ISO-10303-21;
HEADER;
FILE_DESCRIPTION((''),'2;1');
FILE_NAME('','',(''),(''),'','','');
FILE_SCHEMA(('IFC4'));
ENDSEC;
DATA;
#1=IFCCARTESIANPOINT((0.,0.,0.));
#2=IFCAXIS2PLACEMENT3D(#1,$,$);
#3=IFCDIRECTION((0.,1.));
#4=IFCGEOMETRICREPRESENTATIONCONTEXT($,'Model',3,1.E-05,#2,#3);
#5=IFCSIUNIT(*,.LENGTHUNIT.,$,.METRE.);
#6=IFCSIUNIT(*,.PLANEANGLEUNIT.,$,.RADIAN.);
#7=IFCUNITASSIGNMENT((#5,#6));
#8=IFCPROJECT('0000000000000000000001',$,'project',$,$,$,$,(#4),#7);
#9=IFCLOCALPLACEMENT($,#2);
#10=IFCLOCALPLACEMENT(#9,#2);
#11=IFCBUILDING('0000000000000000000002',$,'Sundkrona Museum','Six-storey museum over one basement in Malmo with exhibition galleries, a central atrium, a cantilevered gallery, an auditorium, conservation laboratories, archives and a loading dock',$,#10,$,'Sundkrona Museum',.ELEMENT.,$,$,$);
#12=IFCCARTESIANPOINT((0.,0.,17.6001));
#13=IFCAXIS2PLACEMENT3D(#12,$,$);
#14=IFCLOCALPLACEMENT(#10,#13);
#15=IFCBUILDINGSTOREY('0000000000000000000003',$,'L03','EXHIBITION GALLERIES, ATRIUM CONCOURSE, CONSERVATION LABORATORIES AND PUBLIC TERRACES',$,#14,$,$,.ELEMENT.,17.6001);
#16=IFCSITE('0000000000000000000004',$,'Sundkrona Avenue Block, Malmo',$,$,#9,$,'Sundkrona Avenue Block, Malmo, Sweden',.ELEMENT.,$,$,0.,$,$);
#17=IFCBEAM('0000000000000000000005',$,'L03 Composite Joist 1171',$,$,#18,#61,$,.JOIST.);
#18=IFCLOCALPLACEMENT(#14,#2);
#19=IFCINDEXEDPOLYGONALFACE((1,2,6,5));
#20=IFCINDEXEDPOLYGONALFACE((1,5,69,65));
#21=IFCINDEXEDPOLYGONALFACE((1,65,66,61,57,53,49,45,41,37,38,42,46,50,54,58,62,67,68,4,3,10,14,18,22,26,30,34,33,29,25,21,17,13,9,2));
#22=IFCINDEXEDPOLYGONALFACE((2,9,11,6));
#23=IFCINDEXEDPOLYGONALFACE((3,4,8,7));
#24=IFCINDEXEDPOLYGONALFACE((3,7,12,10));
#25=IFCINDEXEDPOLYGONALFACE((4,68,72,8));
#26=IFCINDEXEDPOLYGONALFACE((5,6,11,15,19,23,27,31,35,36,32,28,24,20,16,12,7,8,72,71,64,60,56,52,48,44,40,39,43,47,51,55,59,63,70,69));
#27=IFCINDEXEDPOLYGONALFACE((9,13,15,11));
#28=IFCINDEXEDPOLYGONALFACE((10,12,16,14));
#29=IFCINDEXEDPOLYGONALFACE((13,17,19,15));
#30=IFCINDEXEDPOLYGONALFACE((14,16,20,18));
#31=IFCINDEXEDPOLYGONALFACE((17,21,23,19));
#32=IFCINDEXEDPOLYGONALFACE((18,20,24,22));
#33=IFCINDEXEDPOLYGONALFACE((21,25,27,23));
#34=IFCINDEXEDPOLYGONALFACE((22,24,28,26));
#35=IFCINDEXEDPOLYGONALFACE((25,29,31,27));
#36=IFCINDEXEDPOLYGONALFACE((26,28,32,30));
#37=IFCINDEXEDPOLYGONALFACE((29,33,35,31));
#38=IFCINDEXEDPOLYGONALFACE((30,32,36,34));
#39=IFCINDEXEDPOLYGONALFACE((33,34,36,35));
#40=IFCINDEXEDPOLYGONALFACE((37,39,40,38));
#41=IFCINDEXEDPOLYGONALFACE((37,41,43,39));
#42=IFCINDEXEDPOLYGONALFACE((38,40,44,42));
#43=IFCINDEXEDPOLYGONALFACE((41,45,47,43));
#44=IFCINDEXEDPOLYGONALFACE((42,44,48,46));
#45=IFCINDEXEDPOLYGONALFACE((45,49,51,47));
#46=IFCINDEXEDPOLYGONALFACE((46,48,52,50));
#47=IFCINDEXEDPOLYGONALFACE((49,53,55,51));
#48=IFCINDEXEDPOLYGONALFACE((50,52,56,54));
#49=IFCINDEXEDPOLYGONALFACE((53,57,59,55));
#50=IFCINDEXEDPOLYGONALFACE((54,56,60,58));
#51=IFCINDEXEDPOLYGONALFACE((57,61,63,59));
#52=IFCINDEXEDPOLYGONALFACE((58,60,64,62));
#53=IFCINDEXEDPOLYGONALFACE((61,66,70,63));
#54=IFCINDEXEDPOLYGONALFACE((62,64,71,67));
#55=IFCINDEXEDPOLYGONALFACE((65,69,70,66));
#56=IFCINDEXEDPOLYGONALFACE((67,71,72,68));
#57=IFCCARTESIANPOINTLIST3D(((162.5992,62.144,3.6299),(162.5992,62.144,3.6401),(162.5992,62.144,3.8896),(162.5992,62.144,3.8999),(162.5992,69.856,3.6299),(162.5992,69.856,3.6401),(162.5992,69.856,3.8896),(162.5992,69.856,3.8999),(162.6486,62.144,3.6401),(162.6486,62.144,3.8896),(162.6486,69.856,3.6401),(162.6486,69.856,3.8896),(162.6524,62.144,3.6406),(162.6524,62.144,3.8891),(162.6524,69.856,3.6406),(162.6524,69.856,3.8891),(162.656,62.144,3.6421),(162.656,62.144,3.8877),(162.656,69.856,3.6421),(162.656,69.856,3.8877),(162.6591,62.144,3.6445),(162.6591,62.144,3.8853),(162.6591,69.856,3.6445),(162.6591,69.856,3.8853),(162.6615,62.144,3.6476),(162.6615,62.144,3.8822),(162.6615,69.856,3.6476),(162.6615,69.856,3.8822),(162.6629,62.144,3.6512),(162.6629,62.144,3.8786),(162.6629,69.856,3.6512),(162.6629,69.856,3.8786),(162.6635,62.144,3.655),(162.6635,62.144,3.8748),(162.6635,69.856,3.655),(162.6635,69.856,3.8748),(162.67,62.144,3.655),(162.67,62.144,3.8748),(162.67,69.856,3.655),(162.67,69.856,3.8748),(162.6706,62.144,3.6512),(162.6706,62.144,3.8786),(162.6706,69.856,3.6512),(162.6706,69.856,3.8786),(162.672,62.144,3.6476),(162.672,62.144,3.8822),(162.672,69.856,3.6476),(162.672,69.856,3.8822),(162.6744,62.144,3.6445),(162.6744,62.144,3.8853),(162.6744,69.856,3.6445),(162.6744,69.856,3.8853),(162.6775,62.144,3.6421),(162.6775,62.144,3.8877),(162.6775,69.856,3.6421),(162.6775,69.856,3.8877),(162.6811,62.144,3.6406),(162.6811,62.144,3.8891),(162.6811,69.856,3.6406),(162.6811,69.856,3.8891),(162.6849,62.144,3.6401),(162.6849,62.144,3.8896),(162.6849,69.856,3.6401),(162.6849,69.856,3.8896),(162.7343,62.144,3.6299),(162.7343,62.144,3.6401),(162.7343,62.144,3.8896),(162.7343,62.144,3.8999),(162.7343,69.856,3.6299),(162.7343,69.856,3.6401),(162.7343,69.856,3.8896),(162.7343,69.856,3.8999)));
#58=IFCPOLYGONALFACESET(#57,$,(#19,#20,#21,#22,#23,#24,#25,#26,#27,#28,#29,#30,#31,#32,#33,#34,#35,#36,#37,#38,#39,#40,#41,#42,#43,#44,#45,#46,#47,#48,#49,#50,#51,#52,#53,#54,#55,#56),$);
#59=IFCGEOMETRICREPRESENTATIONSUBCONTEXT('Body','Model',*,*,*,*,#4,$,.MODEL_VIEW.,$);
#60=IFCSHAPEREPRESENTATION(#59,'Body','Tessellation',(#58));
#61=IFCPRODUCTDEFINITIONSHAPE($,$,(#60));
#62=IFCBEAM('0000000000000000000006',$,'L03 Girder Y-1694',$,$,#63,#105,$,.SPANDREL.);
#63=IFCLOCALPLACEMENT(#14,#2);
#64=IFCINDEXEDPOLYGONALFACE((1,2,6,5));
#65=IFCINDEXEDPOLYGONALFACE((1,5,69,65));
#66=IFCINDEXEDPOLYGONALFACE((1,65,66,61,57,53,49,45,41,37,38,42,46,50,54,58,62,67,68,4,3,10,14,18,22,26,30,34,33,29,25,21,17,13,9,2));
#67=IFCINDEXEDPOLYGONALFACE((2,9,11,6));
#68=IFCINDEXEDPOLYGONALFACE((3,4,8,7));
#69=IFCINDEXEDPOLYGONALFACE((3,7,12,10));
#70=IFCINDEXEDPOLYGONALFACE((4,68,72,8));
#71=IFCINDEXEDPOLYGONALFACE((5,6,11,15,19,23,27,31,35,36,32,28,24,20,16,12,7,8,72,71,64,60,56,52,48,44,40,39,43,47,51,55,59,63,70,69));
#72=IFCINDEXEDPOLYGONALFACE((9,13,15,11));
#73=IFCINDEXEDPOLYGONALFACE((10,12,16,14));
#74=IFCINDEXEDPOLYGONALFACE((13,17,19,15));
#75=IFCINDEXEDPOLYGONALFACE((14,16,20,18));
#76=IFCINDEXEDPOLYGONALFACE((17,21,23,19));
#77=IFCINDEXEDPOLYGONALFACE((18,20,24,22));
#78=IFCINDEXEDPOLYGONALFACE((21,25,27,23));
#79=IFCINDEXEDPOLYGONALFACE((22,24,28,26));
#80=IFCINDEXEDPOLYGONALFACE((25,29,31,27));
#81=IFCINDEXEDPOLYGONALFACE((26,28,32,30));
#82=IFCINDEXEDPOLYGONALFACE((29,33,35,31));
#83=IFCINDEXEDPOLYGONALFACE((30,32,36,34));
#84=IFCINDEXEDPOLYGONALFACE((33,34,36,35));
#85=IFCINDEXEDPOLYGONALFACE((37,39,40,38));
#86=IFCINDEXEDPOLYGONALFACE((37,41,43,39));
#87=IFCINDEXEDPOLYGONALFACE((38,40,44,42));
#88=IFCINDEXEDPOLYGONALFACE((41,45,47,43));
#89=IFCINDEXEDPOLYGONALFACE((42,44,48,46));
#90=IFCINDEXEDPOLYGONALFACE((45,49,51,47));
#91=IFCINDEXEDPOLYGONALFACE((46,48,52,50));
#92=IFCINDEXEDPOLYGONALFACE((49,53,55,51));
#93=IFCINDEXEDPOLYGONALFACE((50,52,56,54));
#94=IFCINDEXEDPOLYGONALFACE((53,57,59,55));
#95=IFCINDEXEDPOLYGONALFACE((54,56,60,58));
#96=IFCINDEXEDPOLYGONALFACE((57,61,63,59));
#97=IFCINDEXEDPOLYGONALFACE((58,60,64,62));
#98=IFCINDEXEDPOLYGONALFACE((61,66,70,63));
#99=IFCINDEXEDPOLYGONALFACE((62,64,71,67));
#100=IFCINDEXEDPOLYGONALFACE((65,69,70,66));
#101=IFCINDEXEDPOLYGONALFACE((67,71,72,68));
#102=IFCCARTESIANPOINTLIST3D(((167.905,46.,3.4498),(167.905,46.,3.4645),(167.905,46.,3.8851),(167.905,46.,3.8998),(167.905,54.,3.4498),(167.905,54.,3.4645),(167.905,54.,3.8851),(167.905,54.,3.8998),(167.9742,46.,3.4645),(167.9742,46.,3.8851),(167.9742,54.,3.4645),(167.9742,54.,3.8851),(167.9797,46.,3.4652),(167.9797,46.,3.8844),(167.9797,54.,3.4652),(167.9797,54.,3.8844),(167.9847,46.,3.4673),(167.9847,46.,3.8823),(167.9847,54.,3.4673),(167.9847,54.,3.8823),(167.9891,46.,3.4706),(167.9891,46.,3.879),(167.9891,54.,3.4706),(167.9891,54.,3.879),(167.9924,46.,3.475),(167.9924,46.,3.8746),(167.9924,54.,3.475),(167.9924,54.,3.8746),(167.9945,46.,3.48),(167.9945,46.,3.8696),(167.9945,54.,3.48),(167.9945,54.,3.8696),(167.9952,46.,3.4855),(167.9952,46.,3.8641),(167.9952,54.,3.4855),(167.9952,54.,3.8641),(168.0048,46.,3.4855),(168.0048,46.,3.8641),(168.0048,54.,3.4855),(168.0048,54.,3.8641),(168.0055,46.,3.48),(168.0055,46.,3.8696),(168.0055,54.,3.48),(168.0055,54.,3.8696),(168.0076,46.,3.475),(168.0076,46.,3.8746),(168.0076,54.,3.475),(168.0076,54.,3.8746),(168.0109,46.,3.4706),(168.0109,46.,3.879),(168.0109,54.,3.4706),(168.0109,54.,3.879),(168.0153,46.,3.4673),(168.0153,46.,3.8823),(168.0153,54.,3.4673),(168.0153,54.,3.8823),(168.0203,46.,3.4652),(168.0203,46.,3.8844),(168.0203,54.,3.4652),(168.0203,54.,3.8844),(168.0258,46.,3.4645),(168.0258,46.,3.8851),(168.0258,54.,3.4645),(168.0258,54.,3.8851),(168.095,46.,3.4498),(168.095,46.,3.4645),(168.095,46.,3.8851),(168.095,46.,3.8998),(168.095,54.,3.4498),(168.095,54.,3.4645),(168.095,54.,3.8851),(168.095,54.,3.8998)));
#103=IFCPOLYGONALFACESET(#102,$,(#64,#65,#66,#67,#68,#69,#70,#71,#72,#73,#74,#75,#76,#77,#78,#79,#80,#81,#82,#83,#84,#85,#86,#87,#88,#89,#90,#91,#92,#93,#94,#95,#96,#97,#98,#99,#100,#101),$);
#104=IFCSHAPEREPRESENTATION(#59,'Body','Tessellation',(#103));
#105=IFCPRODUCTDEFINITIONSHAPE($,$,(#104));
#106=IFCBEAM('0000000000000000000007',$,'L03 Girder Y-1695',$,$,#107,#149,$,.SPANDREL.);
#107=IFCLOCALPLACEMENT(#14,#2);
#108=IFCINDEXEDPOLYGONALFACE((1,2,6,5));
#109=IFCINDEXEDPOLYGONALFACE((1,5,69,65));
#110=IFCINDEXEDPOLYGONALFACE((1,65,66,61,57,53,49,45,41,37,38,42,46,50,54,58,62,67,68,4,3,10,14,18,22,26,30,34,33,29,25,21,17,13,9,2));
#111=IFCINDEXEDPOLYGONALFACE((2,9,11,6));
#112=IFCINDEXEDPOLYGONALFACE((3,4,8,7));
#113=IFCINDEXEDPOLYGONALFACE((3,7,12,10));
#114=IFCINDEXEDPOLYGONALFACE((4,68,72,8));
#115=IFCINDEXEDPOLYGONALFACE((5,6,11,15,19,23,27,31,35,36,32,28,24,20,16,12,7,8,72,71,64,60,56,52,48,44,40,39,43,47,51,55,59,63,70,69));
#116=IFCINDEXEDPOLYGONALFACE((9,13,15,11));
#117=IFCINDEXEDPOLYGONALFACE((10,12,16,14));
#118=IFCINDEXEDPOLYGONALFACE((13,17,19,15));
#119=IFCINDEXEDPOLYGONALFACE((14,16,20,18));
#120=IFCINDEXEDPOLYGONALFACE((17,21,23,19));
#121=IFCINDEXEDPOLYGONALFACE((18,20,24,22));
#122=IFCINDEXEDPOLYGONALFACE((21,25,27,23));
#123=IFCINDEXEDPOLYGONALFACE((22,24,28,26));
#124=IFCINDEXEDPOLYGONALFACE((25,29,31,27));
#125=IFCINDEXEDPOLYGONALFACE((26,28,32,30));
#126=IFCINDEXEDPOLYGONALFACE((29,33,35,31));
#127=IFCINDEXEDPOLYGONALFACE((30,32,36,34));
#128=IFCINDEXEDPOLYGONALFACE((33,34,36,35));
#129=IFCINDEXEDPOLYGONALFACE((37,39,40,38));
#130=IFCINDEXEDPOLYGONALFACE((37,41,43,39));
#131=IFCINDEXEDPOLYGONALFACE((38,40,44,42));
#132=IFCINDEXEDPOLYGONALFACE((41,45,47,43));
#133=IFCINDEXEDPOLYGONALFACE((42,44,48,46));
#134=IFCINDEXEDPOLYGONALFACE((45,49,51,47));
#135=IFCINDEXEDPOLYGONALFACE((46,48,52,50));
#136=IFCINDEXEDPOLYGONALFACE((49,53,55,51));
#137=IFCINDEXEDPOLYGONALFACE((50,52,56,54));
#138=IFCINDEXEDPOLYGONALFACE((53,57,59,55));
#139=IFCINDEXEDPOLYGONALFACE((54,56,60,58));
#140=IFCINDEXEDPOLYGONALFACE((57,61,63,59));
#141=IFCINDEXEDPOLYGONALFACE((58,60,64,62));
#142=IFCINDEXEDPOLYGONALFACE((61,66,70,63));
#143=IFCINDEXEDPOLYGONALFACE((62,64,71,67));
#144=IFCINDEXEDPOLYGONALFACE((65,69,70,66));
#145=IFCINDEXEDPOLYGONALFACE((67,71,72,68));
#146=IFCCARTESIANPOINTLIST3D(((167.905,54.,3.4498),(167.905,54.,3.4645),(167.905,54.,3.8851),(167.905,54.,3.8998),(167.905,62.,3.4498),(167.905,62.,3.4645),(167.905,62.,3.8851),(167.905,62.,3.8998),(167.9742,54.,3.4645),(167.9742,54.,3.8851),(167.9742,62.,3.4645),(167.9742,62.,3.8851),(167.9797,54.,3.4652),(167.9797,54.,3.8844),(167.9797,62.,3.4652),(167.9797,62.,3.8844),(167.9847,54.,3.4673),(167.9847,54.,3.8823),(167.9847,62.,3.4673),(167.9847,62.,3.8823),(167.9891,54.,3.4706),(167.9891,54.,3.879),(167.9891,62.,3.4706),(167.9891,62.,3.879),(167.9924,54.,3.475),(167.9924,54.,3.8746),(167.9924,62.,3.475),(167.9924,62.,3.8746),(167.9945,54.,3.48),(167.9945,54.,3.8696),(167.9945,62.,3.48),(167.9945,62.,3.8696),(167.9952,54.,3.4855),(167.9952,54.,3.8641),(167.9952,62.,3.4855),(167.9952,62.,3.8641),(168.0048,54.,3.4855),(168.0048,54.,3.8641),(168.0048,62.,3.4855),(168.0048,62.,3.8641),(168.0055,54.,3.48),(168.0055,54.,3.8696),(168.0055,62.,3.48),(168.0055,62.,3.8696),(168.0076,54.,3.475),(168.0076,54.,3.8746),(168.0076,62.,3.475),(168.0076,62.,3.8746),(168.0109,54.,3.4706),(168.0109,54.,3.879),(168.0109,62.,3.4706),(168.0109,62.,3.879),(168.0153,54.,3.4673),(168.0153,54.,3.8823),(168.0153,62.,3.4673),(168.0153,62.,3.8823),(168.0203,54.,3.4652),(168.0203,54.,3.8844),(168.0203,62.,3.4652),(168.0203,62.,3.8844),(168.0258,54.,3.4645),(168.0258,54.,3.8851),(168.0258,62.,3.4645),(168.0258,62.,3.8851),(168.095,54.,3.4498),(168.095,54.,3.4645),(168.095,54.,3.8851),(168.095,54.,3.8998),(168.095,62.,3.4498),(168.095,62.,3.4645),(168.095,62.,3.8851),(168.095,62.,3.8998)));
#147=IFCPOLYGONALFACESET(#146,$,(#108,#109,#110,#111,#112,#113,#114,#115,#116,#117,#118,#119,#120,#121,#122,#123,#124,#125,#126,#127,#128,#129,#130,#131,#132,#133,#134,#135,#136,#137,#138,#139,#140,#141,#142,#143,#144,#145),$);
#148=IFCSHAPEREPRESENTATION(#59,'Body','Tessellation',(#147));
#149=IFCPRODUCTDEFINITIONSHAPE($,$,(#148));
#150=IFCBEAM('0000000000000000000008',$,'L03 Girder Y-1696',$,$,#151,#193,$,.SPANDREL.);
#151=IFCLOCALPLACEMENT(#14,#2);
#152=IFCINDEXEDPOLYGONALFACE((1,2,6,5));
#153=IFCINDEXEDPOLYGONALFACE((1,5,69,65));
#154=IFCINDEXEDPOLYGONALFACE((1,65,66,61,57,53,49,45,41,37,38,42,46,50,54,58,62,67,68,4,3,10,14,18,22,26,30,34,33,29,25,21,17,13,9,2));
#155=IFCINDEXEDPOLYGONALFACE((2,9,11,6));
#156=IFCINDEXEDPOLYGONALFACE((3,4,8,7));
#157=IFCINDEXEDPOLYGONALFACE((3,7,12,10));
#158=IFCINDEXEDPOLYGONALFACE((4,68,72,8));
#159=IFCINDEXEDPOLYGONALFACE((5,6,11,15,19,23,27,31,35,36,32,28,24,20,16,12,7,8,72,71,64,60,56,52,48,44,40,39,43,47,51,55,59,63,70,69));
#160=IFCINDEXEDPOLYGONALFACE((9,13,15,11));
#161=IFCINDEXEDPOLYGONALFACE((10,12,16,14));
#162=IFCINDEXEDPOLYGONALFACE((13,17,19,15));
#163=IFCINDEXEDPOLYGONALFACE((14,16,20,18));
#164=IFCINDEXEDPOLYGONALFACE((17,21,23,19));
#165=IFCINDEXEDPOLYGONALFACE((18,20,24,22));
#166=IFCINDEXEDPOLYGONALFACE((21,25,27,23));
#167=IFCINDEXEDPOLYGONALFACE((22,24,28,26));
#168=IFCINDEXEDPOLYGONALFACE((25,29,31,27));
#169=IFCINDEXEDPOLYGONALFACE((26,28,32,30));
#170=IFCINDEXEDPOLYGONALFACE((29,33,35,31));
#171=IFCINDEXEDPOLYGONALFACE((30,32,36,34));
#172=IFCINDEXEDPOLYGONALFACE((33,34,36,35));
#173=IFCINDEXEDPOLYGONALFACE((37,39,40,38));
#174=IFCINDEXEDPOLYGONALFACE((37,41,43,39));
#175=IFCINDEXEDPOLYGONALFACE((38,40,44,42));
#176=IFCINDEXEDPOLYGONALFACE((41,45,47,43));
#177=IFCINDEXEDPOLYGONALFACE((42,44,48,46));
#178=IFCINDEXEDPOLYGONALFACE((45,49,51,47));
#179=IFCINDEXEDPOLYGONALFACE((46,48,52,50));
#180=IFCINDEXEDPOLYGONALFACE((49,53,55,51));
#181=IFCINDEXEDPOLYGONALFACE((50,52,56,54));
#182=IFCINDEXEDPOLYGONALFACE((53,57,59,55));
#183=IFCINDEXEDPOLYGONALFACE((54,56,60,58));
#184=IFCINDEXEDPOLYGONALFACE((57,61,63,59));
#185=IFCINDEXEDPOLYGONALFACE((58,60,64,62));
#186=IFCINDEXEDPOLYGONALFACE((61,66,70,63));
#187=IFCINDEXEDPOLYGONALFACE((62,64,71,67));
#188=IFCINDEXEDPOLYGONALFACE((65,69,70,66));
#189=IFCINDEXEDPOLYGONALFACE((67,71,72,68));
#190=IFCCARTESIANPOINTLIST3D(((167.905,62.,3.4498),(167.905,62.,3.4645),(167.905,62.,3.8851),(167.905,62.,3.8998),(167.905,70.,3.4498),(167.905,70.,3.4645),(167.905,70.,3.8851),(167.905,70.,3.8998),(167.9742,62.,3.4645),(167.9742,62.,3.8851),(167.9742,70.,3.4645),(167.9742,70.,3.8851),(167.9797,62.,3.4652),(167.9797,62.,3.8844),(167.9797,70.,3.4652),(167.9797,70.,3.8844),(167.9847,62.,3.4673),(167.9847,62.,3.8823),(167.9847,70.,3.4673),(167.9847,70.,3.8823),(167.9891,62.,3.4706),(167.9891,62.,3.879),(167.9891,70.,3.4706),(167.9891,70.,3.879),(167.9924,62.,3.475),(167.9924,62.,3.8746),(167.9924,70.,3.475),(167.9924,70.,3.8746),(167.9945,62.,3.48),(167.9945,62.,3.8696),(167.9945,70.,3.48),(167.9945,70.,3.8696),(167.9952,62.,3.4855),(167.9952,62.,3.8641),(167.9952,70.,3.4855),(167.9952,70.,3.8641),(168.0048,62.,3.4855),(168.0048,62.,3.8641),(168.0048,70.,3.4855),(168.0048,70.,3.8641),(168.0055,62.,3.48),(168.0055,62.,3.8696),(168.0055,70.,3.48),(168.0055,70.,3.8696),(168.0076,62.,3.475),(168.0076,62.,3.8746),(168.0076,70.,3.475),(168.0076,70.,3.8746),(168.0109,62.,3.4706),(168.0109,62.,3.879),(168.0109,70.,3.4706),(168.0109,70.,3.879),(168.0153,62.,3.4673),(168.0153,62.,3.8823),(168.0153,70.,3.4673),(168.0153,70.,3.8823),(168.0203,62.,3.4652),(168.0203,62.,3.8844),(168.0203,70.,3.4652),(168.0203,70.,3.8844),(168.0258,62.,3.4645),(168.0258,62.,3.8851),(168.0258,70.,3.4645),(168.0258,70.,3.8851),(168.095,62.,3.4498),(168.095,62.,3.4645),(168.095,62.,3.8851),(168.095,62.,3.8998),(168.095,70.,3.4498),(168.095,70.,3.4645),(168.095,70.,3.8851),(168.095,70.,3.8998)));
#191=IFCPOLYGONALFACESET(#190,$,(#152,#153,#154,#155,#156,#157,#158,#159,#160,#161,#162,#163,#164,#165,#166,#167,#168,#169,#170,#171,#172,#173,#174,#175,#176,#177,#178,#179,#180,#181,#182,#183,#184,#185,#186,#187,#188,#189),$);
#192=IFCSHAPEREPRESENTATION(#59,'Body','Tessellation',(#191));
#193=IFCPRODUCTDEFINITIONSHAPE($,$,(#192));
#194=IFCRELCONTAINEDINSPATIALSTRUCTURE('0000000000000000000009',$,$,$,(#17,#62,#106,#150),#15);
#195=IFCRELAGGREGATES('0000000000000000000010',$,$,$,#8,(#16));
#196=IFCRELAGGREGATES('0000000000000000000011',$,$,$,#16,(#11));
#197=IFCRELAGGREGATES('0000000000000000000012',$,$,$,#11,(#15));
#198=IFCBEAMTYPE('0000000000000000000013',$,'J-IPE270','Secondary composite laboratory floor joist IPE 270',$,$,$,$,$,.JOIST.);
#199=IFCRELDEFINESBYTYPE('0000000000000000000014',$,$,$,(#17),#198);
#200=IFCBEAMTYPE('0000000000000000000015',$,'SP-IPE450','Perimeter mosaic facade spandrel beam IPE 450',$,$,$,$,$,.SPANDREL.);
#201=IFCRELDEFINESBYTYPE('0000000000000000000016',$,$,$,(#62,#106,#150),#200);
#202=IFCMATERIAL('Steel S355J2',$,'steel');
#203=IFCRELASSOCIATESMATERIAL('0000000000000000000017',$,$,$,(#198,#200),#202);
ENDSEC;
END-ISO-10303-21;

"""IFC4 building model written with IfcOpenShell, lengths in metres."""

from ifc_helpers import new_model, si_unit, direction, frame, origin, origin_2d, place, context, subcontext, project, spatial, i_section, extrude, material, material_profile, profile_set, type_object, element, save


model = new_model("IFC4")

# Units and contexts
model_context = context("Model", 3, precision=1e-05, world=origin(), true_north=direction((0.0, 1.0)))
body_context = subcontext(model_context, "Body", "Model", "MODEL_VIEW")
ifc_project = project(units=[si_unit("LENGTHUNIT", "METRE"), si_unit("PLANEANGLEUNIT", "RADIAN")], contexts=[model_context])

# Site, building, storey
site_placement = place(None, origin())
site = spatial("IfcSite", under=ifc_project, at=site_placement, Name="Sundkrona Avenue Block, Malmo", LongName="Sundkrona Avenue Block, Malmo, Sweden", CompositionType="ELEMENT", RefElevation=0.0)
building_placement = place(site_placement, origin())
building = spatial("IfcBuilding", under=site, at=building_placement, Name="Sundkrona Museum", Description="Six-storey museum over one basement in Malmo with exhibition galleries, a central atrium, a cantilevered gallery, an auditorium, conservation laboratories, archives and a loading dock", LongName="Sundkrona Museum", CompositionType="ELEMENT")
storey_placement = place(building_placement, frame((0.0, 0.0, 17.6001)))
storey = spatial("IfcBuildingStorey", under=building, at=storey_placement, Name="L03", Description="EXHIBITION GALLERIES, ATRIUM CONCOURSE, CONSERVATION LABORATORIES AND PUBLIC TERRACES", CompositionType="ELEMENT", Elevation=17.6001)

# Shared definitions
ifc_material_1 = material(Name="Steel S355J2", Category="steel")

# Beams
ifc_material_profile_1 = material_profile(ifc_material_1, i_section(OverallWidth=0.135, OverallDepth=0.27, WebThickness=0.0066, FlangeThickness=0.0103, FilletRadius=0.0149, at=origin_2d()), Name="IPE 270")
ifc_profile_set_1 = profile_set([ifc_material_profile_1], Name="Steel S355J2")
beam_type_1 = type_object("IfcBeamType", Name="J-IPE270", Description="Secondary composite laboratory floor joist IPE 270", PredefinedType="JOIST", material=ifc_profile_set_1)
for number, where, z_axis, x_axis, name in (
    (1, (162.6667, 62.144, 3.7649), (0.0, 1.0, 0.0), (-1.0, 0.0, 0.0), "L03 Composite Joist 1171"),
):
    element("IfcBeam", number, at=place(storey_placement, frame(where, z_axis=z_axis, x_axis=x_axis)), inside=storey, type_object=beam_type_1, Name=name, PredefinedType="JOIST", context=body_context, shape_type="SweptSolid", body=[
        extrude(i_section(OverallWidth=0.135, OverallDepth=0.27, WebThickness=0.0066, FlangeThickness=0.0103, FilletRadius=0.0149, at=origin_2d()), origin(), (0.0, 0.0, 1.0), 7.7119),
    ])
ifc_material_profile_2 = material_profile(ifc_material_1, i_section(OverallWidth=0.1899, OverallDepth=0.45, WebThickness=0.0095, FlangeThickness=0.0146, FilletRadius=0.021, at=origin_2d()), Name="IPE 450")
ifc_profile_set_2 = profile_set([ifc_material_profile_2], Name="Steel S355J2")
beam_type_2 = type_object("IfcBeamType", Name="SP-IPE450", Description="Perimeter mosaic facade spandrel beam IPE 450", PredefinedType="SPANDREL", material=ifc_profile_set_2)
for number, where, z_axis, x_axis, name in (
    (2, (168.0, 46.0, 3.6748), (0.0, 1.0, 0.0), (-1.0, 0.0, 0.0), "L03 Girder Y-1694"),
    (3, (168.0, 54.0, 3.6748), (0.0, 1.0, 0.0), (-1.0, 0.0, 0.0), "L03 Girder Y-1695"),
    (4, (168.0, 62.0, 3.6748), (0.0, 1.0, 0.0), (-1.0, 0.0, 0.0), "L03 Girder Y-1696"),
):
    element("IfcBeam", number, at=place(storey_placement, frame(where, z_axis=z_axis, x_axis=x_axis)), inside=storey, type_object=beam_type_2, Name=name, PredefinedType="SPANDREL", context=body_context, shape_type="SweptSolid", body=[
        extrude(i_section(OverallWidth=0.1899, OverallDepth=0.45, WebThickness=0.0095, FlangeThickness=0.0146, FilletRadius=0.021, at=origin_2d()), origin(), (0.0, 0.0, 1.0), 8.0),
    ])

save(model, "model.ifc")
